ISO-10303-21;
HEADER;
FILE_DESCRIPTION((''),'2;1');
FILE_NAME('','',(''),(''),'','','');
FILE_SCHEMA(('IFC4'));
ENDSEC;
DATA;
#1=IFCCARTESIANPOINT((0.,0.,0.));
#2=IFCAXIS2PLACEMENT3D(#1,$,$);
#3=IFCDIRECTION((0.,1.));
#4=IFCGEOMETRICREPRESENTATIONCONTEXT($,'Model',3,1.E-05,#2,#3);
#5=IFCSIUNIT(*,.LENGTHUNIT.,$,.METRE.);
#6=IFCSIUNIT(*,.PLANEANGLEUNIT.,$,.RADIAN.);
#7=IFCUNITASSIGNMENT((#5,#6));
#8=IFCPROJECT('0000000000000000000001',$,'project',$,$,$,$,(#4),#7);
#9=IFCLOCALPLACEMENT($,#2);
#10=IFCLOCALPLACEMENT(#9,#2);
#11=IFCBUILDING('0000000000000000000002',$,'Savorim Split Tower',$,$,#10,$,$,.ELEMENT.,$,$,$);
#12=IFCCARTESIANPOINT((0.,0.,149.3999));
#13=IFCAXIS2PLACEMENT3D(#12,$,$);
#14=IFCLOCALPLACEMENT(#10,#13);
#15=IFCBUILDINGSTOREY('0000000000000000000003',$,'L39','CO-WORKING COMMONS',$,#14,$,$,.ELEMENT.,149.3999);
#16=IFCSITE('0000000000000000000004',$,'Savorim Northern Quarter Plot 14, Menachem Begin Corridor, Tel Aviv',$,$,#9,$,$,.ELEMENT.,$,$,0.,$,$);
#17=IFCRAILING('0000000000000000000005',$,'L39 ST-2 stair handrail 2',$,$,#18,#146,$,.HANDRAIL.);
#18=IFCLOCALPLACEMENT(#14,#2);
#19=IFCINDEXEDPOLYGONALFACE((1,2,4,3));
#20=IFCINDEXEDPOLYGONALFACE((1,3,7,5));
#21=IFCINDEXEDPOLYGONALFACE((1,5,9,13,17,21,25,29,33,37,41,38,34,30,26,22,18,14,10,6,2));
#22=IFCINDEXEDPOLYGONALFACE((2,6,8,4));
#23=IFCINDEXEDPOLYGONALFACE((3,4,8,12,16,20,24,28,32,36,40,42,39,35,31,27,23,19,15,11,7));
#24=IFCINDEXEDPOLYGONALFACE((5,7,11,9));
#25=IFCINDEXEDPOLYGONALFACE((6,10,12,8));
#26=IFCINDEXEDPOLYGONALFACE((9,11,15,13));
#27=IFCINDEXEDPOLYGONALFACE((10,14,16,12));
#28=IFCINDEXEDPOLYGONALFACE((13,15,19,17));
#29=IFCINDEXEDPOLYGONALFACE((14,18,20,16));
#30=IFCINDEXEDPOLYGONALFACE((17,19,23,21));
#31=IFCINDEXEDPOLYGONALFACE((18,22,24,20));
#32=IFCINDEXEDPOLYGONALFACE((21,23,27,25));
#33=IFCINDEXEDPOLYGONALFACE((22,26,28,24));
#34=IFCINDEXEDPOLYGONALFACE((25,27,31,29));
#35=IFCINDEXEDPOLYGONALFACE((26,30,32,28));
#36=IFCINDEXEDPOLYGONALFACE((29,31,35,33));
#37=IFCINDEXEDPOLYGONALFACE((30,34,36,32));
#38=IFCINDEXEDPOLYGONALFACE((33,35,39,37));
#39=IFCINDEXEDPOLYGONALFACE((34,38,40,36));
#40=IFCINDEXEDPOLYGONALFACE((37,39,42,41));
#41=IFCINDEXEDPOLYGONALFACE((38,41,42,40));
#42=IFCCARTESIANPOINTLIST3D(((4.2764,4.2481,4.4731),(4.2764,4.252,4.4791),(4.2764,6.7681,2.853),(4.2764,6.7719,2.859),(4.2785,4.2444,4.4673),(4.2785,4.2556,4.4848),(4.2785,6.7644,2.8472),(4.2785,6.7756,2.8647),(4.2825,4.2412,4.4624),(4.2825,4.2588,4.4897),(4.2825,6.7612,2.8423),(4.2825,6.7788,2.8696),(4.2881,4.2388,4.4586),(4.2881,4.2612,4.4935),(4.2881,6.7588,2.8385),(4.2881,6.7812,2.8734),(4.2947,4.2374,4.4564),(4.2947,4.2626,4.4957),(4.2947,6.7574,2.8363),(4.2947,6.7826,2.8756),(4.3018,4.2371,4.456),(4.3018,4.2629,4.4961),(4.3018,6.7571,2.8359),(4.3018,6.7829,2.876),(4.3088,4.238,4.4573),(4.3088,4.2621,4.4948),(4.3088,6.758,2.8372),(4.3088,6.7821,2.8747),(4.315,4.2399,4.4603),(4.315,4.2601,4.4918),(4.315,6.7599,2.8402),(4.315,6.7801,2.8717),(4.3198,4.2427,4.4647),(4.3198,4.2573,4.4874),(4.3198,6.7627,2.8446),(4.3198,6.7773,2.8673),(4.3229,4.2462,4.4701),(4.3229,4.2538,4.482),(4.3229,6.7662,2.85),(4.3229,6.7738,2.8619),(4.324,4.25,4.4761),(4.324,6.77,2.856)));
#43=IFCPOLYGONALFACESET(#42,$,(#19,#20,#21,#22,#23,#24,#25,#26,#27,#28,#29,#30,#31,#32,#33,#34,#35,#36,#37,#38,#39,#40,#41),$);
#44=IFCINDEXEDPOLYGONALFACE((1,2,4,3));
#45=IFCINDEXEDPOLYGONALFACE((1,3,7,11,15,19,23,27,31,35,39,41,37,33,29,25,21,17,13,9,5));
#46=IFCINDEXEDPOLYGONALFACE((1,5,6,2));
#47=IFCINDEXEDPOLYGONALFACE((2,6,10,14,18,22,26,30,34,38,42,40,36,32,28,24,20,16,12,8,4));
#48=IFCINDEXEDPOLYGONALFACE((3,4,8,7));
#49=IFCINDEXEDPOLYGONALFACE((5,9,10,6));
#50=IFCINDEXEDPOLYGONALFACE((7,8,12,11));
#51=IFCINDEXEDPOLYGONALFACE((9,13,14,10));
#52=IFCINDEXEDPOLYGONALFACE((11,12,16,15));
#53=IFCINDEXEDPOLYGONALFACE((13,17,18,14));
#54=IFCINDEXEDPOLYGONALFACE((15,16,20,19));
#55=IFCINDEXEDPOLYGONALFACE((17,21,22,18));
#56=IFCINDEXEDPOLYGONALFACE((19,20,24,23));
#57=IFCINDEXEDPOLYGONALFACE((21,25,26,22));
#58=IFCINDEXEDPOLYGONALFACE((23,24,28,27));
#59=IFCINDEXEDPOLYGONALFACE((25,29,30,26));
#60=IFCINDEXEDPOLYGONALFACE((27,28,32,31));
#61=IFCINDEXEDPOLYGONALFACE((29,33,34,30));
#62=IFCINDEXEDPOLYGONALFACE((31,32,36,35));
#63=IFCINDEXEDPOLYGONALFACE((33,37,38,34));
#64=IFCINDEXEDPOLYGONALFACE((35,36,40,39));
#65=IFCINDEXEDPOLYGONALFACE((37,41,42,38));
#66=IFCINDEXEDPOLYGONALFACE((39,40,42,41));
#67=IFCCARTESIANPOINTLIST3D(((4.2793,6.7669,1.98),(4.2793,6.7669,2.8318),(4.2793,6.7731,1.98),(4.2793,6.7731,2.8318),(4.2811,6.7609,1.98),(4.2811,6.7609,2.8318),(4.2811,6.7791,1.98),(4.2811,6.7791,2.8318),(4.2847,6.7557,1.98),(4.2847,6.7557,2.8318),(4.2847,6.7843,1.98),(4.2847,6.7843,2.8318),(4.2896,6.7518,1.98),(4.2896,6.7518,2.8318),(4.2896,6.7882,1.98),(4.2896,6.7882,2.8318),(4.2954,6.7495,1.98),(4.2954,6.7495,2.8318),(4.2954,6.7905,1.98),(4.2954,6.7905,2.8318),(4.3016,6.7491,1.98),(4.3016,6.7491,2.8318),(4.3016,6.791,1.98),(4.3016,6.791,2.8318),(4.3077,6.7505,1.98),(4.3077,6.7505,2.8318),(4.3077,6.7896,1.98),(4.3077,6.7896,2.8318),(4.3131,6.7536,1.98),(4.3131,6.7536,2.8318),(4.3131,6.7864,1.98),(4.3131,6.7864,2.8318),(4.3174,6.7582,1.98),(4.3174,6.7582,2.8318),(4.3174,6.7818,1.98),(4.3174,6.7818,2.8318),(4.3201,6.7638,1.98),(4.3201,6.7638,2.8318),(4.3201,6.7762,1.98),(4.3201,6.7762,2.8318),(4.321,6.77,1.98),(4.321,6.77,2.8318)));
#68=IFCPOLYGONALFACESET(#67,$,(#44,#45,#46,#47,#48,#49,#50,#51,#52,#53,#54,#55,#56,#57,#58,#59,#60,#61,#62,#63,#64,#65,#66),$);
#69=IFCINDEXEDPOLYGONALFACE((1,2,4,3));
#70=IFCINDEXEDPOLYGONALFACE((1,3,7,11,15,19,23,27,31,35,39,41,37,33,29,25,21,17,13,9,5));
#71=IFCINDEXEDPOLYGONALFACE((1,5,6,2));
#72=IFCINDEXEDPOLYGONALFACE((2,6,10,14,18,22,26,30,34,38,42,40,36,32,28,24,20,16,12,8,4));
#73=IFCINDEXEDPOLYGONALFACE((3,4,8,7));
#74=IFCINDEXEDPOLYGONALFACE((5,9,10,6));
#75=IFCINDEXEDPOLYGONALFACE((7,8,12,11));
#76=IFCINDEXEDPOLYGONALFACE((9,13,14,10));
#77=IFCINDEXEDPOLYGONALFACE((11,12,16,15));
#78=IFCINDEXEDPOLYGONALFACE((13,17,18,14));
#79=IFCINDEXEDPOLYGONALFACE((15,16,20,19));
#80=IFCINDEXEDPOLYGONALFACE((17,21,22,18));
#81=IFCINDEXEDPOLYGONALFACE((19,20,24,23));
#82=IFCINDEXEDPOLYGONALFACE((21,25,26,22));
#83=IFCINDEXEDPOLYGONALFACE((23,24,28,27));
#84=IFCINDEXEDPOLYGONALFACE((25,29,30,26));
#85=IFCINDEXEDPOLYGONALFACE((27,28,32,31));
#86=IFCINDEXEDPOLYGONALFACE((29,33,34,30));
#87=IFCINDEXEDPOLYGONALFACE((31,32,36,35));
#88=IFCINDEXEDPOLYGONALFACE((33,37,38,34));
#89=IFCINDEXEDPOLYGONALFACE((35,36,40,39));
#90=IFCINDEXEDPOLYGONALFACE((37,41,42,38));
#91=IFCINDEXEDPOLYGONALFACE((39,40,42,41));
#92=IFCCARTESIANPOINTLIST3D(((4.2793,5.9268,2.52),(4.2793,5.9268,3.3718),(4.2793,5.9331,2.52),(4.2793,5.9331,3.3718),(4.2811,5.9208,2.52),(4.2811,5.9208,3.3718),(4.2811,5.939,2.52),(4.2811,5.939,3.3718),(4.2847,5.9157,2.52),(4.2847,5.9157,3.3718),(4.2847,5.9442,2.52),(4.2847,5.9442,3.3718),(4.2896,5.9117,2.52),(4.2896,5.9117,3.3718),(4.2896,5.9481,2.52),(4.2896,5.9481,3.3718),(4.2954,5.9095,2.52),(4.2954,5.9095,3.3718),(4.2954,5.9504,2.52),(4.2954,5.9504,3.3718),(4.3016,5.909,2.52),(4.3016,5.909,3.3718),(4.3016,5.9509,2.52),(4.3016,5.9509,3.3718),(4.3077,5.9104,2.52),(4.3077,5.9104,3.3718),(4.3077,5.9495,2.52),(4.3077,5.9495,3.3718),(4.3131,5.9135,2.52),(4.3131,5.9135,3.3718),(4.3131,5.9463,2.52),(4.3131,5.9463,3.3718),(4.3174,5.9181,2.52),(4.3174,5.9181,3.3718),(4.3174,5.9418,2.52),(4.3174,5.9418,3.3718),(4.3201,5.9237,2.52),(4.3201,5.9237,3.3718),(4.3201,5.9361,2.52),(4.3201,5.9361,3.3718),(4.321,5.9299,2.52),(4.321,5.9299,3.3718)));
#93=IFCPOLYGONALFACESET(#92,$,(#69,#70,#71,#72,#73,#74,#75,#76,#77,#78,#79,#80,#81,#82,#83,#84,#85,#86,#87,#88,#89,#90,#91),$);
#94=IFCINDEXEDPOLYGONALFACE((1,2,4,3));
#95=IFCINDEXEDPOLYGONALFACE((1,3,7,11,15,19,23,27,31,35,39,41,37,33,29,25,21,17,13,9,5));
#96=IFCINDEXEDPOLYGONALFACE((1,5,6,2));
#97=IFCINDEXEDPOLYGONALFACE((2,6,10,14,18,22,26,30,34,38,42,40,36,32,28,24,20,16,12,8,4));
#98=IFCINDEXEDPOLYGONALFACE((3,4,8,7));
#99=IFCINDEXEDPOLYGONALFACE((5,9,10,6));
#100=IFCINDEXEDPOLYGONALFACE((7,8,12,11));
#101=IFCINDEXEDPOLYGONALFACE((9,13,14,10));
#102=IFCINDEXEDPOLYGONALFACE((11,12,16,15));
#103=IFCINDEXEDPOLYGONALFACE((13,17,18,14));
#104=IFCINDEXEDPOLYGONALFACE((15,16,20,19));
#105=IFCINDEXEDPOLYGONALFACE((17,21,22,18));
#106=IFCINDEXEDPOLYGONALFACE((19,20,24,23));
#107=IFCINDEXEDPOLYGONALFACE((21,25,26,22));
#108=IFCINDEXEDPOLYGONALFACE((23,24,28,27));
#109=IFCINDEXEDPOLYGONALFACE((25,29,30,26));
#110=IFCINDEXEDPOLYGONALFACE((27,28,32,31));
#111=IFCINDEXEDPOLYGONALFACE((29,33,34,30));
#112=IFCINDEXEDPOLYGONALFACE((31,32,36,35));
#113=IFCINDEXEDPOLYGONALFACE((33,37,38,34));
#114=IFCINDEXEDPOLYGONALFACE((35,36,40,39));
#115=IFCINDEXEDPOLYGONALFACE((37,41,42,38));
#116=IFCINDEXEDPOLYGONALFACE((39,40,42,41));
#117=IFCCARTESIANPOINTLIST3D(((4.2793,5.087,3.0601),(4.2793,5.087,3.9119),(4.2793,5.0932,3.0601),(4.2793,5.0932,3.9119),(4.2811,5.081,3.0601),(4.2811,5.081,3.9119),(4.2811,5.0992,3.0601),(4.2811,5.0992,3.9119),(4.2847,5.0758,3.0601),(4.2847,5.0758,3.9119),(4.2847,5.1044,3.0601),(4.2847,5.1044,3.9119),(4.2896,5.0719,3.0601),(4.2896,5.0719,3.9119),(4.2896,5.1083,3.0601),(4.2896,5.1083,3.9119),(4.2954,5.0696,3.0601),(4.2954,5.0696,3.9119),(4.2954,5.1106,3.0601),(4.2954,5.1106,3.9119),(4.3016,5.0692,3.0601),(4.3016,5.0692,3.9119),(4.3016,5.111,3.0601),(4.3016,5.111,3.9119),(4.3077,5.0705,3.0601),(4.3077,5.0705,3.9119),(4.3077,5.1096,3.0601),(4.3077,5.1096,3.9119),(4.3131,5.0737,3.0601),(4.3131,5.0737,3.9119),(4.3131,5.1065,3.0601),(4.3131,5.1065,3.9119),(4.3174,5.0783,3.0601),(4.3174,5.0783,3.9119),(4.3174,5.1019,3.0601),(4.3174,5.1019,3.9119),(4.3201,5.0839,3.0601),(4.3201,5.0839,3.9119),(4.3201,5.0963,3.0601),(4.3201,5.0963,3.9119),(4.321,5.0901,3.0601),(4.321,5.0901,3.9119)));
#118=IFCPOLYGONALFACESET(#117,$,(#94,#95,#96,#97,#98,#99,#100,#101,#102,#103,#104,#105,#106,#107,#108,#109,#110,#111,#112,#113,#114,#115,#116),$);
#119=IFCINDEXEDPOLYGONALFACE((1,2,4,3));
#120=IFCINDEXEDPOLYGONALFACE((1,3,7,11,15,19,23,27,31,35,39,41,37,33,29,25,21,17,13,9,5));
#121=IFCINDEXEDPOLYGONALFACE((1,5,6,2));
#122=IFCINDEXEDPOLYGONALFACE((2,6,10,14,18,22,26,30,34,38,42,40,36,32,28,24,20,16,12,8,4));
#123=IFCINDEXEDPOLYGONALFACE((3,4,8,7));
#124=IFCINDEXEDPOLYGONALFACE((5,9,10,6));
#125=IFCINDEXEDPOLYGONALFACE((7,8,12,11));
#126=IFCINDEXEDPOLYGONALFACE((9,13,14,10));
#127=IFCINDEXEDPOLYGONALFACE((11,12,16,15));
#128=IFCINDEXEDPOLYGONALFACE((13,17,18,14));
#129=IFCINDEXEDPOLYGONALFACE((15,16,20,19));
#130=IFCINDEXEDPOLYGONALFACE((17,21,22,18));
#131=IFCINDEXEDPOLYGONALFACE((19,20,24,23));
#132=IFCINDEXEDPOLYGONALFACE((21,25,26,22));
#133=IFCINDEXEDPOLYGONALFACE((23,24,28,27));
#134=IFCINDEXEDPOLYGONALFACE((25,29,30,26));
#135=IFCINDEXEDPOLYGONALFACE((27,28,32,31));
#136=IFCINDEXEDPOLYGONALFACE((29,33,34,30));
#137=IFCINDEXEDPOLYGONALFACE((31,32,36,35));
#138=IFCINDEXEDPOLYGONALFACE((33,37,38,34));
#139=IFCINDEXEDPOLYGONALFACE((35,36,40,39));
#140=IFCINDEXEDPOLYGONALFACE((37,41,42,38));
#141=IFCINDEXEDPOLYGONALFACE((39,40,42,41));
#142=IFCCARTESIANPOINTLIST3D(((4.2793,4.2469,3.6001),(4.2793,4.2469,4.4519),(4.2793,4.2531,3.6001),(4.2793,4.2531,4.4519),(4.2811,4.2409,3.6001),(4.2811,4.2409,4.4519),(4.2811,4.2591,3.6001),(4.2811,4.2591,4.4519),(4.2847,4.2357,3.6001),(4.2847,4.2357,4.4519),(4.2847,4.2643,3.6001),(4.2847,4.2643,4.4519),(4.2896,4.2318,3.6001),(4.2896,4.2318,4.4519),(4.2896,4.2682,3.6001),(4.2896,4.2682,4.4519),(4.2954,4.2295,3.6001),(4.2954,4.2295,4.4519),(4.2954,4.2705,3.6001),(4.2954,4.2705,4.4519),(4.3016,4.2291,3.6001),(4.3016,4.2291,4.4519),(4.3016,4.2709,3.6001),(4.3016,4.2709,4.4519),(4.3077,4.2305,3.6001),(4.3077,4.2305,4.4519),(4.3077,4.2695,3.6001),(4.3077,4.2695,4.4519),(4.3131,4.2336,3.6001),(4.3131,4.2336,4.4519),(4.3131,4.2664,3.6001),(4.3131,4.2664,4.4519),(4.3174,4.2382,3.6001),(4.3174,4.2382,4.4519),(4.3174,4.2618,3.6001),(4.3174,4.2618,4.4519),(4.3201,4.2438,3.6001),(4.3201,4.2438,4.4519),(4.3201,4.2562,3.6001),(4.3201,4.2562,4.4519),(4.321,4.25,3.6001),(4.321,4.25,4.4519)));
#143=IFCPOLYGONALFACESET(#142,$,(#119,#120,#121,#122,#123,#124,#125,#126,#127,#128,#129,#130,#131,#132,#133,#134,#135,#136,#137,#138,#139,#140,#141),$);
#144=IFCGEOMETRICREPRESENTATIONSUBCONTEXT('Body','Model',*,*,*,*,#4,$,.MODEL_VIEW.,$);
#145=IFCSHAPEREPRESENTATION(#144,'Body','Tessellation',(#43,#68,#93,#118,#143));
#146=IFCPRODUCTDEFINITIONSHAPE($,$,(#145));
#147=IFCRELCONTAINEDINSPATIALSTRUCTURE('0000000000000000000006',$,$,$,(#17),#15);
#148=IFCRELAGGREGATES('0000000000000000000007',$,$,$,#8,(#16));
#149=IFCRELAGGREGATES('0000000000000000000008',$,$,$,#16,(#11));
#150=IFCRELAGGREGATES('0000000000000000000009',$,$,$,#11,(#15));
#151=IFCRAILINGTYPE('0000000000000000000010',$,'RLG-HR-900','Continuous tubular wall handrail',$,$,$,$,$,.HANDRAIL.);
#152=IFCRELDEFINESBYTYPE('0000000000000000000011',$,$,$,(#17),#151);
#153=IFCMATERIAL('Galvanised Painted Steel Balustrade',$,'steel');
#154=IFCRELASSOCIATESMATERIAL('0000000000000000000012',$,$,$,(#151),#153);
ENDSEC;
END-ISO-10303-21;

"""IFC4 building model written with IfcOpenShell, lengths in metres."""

from ifc_helpers import new_model, si_unit, direction, frame, origin, origin_2d, place, context, subcontext, project, spatial, circle, extrude, material, type_object, element, save


model = new_model("IFC4")

# Units and contexts
model_context = context("Model", 3, precision=1e-05, world=origin(), true_north=direction((0.0, 1.0)))
body_context = subcontext(model_context, "Body", "Model", "MODEL_VIEW")
ifc_project = project(units=[si_unit("LENGTHUNIT", "METRE"), si_unit("PLANEANGLEUNIT", "RADIAN")], contexts=[model_context])

# Site, building, storey
site_placement = place(None, origin())
site = spatial("IfcSite", under=ifc_project, at=site_placement, Name="Savorim Northern Quarter Plot 14, Menachem Begin Corridor, Tel Aviv", CompositionType="ELEMENT", RefElevation=0.0)
building_placement = place(site_placement, origin())
building = spatial("IfcBuilding", under=site, at=building_placement, Name="Savorim Split Tower", CompositionType="ELEMENT")
storey_placement = place(building_placement, frame((0.0, 0.0, 149.3999)))
storey = spatial("IfcBuildingStorey", under=building, at=storey_placement, Name="L39", Description="CO-WORKING COMMONS", CompositionType="ELEMENT", Elevation=149.3999)

# Railing
ifc_material_1 = material(Name="Galvanised Painted Steel Balustrade", Category="steel")
railing_type_1 = type_object("IfcRailingType", Name="RLG-HR-900", Description="Continuous tubular wall handrail", PredefinedType="HANDRAIL", material=ifc_material_1)
railing_1_placement = place(storey_placement, frame((4.3, 6.77, 1.98)))
element("IfcRailing", 1, at=railing_1_placement, inside=storey, type_object=railing_type_1, Name="L39 ST-2 stair handrail 2", PredefinedType="HANDRAIL", context=body_context, shape_type="SweptSolid", body=[
    extrude(circle(Radius=0.0239, at=origin_2d()), frame((0.0, 0.0, 0.876), z_axis=(0.0, -0.841163, 0.540782), x_axis=(1.0, 0.0, 0.0)), (0.0, 0.0, 1.0), 2.9958),
    extrude(circle(Radius=0.021, at=origin_2d()), origin(), (0.0, 0.0, 1.0), 0.8518),
    extrude(circle(Radius=0.021, at=origin_2d()), frame((0.0, -0.8401, 0.54)), (0.0, 0.0, 1.0), 0.8518),
    extrude(circle(Radius=0.021, at=origin_2d()), frame((0.0, -1.6799, 1.0801)), (0.0, 0.0, 1.0), 0.8518),
    extrude(circle(Radius=0.021, at=origin_2d()), frame((0.0, -2.52, 1.6201)), (0.0, 0.0, 1.0), 0.8518),
])

save(model, "model.ifc")
